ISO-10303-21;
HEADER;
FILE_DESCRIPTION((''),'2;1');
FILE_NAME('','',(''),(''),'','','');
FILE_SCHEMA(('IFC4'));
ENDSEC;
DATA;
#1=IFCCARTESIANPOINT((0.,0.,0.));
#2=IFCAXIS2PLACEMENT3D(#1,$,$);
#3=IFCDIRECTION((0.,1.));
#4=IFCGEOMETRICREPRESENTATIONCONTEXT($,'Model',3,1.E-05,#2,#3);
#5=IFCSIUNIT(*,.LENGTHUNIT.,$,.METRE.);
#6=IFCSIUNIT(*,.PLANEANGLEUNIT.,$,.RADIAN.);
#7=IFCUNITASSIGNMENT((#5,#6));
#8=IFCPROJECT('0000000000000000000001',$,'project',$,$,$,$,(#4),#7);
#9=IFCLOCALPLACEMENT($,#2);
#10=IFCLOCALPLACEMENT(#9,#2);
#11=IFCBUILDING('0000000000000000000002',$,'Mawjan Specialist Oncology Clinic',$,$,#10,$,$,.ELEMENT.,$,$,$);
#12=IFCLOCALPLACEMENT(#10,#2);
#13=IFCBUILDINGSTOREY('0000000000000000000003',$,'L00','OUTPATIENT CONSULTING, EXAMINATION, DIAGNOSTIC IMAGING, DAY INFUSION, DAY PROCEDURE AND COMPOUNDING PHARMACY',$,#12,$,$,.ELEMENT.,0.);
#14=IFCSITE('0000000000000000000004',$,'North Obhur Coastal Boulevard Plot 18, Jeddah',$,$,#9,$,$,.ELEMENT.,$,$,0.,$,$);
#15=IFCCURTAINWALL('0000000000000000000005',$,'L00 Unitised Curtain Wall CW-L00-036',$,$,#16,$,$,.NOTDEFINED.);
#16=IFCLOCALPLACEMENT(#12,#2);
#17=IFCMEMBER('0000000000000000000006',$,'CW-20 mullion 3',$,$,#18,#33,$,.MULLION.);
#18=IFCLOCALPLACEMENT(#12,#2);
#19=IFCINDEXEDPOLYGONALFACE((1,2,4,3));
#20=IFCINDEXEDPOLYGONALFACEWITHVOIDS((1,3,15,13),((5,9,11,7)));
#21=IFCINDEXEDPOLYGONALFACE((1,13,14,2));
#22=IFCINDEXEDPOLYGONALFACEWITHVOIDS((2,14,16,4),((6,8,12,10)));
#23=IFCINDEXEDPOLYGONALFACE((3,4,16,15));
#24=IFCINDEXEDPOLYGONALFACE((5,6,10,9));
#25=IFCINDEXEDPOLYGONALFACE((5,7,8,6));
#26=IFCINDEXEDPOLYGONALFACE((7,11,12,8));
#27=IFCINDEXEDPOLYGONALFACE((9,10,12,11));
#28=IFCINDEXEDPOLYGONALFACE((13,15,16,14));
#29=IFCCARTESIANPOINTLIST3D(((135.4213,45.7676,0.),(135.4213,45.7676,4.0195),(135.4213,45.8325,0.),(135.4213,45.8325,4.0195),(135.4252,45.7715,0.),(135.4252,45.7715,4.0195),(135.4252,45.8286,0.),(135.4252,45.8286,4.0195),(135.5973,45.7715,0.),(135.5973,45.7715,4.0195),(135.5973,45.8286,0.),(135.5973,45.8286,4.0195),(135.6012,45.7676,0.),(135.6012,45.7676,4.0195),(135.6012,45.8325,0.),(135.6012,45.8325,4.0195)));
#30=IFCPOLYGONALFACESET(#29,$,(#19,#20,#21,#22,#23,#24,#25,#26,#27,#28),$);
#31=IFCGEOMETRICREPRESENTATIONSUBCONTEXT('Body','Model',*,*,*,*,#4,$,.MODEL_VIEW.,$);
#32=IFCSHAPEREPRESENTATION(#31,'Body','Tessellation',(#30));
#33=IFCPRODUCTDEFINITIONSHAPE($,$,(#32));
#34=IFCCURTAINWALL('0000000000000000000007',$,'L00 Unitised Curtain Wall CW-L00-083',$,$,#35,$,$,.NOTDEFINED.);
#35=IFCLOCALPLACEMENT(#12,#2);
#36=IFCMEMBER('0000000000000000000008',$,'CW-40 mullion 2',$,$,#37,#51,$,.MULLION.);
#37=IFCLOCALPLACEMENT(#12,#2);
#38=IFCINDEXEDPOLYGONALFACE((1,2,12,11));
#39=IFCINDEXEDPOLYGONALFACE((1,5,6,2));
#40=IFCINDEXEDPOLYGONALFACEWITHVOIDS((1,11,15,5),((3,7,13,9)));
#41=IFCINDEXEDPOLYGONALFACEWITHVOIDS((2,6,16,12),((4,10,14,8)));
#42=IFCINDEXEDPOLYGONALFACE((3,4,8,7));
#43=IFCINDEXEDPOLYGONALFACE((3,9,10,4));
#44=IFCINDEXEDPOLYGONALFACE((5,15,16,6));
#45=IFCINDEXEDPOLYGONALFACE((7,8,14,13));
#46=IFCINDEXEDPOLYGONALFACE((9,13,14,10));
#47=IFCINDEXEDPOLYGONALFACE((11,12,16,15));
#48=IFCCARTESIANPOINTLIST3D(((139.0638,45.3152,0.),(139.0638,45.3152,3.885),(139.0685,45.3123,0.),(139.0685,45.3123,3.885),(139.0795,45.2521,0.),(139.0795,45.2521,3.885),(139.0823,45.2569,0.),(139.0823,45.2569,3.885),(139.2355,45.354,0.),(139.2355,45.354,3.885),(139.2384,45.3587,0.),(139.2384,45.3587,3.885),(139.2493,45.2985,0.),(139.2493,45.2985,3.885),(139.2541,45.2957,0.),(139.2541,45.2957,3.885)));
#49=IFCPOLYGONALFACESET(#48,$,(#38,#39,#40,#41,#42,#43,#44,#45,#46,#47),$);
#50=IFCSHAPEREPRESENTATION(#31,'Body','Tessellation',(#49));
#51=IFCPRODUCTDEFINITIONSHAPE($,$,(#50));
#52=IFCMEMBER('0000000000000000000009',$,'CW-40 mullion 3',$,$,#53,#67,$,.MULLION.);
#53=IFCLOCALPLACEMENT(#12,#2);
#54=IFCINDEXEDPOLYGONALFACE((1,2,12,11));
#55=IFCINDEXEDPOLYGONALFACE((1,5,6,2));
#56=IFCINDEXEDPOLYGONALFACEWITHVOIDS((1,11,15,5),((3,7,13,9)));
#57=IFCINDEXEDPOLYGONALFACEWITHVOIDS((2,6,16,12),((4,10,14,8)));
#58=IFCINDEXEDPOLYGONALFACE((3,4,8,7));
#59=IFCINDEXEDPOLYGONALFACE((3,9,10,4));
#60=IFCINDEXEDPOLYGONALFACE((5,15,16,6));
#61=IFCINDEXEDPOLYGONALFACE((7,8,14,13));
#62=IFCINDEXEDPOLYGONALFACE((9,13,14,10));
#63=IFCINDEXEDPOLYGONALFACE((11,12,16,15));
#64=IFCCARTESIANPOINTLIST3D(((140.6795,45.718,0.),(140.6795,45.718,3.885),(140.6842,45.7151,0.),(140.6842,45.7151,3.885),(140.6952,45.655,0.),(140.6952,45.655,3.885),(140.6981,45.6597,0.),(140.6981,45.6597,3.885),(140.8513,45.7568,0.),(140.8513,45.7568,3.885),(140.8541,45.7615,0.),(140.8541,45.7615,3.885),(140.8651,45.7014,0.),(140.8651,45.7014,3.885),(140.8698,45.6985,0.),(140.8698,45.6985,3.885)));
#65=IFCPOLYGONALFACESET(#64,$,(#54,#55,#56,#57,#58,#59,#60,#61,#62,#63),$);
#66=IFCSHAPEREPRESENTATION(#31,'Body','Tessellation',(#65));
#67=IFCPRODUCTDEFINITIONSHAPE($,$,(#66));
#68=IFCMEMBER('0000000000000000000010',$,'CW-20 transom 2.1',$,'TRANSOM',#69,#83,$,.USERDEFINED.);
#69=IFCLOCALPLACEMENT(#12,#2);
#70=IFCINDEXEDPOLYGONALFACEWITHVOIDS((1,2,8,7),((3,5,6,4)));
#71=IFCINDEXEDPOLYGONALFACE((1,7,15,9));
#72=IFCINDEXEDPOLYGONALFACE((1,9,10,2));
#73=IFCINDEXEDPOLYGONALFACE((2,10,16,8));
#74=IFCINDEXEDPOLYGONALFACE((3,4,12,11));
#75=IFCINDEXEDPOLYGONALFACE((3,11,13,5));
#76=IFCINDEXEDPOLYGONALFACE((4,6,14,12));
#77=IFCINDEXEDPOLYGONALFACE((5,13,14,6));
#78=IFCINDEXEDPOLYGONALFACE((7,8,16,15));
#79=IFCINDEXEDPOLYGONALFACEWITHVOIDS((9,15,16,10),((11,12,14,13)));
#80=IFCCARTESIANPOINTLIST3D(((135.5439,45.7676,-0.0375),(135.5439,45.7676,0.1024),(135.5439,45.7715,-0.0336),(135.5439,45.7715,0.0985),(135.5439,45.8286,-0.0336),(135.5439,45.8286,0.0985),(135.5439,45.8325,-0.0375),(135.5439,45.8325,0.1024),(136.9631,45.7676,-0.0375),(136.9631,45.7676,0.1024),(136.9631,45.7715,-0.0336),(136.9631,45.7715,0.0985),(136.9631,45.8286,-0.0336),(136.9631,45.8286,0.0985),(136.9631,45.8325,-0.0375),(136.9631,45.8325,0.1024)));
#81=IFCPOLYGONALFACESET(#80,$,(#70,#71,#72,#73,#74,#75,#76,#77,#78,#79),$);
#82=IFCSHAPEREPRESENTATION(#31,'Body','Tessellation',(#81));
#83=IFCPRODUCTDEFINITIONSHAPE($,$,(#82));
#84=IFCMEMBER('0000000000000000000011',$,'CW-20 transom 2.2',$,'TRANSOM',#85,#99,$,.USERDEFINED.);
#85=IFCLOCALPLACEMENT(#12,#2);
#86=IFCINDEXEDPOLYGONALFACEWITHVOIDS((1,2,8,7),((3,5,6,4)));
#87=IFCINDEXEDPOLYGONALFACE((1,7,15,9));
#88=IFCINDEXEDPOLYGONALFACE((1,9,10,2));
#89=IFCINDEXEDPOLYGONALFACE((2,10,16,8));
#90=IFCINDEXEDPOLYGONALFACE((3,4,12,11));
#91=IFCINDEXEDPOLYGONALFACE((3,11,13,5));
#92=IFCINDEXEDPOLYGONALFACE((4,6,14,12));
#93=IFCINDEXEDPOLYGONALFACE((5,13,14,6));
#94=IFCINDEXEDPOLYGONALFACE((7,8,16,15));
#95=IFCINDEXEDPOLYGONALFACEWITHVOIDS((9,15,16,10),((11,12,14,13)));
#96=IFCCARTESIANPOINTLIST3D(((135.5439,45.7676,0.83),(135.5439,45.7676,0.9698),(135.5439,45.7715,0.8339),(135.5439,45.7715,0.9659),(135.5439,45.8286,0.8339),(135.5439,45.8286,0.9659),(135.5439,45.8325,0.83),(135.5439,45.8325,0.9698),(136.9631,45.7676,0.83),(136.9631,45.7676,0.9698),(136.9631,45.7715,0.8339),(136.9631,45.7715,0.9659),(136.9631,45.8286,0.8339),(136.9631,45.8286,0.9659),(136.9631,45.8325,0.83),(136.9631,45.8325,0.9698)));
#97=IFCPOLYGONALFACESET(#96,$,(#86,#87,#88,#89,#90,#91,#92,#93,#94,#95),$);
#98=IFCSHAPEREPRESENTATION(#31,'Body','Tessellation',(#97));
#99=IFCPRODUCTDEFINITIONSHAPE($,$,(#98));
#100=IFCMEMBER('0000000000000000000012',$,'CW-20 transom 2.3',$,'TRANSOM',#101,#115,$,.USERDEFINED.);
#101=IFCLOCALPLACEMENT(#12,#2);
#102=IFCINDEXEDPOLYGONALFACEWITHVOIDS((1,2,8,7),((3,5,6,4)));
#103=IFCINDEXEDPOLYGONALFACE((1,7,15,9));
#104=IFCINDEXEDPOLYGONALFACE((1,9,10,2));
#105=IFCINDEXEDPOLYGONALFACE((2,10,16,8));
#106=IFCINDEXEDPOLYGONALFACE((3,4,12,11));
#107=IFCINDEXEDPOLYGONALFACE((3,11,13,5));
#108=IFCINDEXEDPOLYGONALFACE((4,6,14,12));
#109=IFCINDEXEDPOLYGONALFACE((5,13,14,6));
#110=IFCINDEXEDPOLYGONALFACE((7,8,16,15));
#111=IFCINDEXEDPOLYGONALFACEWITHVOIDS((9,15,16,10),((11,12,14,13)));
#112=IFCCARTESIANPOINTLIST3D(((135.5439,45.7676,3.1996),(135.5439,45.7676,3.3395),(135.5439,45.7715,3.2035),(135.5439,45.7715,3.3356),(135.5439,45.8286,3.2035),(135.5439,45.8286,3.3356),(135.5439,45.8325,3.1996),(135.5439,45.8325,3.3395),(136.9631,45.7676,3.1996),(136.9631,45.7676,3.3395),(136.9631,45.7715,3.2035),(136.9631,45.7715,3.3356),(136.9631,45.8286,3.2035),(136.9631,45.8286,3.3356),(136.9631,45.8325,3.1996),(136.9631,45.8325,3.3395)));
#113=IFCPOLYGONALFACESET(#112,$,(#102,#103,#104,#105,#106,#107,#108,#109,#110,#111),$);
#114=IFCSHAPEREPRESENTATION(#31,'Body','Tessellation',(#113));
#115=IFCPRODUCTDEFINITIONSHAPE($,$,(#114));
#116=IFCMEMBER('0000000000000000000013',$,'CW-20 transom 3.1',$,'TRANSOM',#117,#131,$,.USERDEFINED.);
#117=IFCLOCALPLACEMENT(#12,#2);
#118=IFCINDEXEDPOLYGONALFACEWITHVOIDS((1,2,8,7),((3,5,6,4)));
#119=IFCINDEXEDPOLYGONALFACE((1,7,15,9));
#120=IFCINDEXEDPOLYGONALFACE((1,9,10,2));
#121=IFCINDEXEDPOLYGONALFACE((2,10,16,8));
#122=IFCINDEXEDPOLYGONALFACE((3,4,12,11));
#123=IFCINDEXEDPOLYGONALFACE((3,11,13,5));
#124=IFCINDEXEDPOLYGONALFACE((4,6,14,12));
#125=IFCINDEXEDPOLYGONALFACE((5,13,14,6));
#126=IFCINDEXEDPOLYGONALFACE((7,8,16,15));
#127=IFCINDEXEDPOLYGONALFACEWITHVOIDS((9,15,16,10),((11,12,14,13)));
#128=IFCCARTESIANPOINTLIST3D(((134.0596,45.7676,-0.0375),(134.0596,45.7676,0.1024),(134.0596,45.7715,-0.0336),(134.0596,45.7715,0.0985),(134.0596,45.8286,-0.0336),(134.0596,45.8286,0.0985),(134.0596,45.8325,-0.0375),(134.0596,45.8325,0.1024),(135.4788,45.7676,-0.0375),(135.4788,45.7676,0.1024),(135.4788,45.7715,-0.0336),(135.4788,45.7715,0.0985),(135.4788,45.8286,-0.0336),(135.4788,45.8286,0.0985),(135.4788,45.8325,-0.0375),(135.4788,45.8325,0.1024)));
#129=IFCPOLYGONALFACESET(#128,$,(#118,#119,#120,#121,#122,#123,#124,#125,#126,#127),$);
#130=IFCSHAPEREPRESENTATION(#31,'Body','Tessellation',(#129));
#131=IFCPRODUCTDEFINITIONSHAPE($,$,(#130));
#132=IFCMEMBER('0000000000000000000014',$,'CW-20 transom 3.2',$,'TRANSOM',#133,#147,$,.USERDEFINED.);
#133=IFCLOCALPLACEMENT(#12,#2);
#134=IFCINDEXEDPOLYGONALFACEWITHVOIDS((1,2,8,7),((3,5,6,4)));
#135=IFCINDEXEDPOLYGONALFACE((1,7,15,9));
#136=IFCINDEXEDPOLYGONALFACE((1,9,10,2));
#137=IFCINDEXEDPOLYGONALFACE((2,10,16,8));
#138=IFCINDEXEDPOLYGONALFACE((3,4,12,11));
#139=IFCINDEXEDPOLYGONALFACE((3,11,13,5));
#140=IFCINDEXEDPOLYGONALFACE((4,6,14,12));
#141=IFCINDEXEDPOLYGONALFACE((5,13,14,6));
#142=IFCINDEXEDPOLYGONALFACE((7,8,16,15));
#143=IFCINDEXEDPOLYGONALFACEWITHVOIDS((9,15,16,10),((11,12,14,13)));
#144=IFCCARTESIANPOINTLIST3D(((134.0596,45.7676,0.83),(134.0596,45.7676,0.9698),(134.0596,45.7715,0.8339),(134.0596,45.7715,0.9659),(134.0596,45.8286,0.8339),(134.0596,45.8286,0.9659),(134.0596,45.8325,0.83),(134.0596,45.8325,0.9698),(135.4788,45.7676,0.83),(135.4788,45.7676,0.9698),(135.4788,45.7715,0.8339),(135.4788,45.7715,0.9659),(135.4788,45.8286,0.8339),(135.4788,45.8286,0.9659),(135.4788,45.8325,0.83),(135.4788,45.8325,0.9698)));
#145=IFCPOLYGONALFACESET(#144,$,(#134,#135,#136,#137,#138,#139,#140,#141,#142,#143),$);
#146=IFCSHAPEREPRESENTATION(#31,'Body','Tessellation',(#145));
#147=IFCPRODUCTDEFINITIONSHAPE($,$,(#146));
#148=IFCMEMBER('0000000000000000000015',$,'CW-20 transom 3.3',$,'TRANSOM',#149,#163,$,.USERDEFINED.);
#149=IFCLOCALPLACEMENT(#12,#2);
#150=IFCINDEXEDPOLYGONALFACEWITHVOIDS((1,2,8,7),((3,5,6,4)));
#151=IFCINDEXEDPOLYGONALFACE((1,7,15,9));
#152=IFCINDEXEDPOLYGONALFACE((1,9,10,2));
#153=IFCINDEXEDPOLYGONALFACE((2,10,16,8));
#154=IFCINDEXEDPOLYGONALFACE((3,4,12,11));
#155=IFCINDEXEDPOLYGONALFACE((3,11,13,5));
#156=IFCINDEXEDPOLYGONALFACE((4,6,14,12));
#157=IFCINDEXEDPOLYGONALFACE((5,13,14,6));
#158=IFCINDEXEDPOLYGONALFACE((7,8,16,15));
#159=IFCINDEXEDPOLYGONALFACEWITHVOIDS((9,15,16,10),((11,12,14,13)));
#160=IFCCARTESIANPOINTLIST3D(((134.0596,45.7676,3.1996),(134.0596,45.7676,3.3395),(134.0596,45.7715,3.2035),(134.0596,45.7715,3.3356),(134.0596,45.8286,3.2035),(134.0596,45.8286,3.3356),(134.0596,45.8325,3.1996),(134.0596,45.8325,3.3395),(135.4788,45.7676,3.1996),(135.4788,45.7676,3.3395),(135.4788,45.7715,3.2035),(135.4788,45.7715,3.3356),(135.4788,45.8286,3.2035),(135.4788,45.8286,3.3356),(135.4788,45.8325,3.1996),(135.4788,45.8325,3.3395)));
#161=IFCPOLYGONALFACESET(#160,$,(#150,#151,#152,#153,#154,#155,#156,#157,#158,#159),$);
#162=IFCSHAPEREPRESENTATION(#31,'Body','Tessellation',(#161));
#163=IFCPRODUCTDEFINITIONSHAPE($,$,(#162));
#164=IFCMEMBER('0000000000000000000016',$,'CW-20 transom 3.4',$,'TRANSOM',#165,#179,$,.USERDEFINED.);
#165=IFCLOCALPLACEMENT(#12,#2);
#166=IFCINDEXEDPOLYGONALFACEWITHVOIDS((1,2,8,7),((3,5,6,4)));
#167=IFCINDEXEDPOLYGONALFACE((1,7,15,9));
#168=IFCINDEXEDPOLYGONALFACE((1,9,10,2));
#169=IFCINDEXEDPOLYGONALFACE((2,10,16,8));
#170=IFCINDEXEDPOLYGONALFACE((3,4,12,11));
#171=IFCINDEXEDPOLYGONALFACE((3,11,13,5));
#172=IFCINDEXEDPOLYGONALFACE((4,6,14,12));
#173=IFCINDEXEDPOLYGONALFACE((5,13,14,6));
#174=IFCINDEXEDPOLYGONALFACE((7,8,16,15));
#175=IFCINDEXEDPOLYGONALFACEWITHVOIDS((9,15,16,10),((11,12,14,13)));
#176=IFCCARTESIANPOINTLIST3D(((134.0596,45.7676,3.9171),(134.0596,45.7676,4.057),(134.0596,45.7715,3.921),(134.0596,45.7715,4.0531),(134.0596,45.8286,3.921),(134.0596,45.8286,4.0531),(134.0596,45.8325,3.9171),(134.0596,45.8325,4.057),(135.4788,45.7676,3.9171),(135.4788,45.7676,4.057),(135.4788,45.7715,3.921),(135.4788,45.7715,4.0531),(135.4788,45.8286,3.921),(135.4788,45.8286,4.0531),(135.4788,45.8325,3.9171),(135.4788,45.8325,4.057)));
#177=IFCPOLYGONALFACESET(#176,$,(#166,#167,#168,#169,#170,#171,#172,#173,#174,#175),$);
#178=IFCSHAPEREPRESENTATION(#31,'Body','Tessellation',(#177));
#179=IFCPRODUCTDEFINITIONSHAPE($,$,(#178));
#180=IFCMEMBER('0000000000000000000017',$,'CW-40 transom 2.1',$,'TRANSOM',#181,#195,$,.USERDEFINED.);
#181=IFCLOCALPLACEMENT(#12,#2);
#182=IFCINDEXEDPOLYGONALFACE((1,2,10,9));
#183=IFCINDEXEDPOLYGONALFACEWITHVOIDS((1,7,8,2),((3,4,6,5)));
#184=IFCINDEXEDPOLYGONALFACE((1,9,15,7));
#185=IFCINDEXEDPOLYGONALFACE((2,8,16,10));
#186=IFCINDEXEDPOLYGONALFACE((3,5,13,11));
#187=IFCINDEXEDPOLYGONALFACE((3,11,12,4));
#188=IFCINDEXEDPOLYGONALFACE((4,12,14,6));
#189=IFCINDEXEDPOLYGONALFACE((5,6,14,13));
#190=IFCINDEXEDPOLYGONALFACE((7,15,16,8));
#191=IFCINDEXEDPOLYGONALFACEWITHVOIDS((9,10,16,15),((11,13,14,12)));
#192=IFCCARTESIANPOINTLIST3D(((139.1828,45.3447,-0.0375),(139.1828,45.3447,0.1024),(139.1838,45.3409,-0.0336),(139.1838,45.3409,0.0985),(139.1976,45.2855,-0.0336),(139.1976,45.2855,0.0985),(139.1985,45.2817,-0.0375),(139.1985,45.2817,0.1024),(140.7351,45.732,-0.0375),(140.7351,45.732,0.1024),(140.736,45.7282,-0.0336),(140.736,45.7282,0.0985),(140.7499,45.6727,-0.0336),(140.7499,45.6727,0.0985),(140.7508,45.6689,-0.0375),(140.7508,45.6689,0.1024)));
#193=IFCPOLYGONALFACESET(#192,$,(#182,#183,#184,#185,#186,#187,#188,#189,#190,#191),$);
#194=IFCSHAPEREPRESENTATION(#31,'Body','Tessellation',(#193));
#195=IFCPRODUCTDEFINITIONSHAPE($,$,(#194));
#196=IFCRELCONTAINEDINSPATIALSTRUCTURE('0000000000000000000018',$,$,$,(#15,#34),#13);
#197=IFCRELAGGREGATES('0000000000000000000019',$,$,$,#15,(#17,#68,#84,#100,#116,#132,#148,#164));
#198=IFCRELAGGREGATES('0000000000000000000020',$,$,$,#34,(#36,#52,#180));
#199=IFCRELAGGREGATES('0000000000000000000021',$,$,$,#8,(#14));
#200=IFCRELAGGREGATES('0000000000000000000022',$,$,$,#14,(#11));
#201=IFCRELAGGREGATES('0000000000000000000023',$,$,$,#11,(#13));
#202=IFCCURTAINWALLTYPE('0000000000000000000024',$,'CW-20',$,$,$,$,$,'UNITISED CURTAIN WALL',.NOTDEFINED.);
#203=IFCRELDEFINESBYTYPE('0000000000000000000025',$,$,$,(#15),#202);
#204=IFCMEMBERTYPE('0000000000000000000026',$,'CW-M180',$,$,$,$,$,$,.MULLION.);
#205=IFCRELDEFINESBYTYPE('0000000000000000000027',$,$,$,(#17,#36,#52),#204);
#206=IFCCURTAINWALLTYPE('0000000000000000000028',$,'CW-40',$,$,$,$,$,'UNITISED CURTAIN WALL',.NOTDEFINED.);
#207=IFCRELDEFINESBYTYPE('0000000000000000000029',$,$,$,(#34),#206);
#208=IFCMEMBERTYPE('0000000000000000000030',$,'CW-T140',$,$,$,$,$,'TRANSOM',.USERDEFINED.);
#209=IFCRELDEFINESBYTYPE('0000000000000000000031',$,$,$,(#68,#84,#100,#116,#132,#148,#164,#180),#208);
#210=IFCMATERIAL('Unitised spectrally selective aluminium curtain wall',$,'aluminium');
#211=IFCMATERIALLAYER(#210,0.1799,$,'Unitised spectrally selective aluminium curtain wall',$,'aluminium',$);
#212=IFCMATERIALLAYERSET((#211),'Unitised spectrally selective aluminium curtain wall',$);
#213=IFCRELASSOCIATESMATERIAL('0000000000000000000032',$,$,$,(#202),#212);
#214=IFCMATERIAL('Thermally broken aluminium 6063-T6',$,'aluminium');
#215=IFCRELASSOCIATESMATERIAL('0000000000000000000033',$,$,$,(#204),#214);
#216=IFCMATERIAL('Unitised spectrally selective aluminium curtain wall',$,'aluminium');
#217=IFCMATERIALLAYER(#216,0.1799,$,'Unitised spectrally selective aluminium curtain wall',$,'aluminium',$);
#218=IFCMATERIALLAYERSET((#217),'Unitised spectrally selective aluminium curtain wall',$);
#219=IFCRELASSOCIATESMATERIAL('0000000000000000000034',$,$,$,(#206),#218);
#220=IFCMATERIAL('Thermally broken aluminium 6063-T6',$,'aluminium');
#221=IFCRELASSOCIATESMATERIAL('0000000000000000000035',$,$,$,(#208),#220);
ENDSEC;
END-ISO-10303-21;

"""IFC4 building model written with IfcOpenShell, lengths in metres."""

from ifc_helpers import new_model, si_unit, direction, frame, origin, origin_2d, place, context, subcontext, project, spatial, hollow_rectangle, extrude, material, layer, layer_set, material_profile, profile_set, type_object, element, aggregate, save


model = new_model("IFC4")

# Units and contexts
model_context = context("Model", 3, precision=1e-05, world=origin(), true_north=direction((0.0, 1.0)))
body_context = subcontext(model_context, "Body", "Model", "MODEL_VIEW")
ifc_project = project(units=[si_unit("LENGTHUNIT", "METRE"), si_unit("PLANEANGLEUNIT", "RADIAN")], contexts=[model_context])

# Site, building, storey
site_placement = place(None, origin())
site = spatial("IfcSite", under=ifc_project, at=site_placement, Name="North Obhur Coastal Boulevard Plot 18, Jeddah", CompositionType="ELEMENT", RefElevation=0.0)
building_placement = place(site_placement, origin())
building = spatial("IfcBuilding", under=site, at=building_placement, Name="Mawjan Specialist Oncology Clinic", CompositionType="ELEMENT")
storey_placement = place(building_placement, origin())
storey = spatial("IfcBuildingStorey", under=building, at=storey_placement, Name="L00", Description="OUTPATIENT CONSULTING, EXAMINATION, DIAGNOSTIC IMAGING, DAY INFUSION, DAY PROCEDURE AND COMPOUNDING PHARMACY", CompositionType="ELEMENT", Elevation=0.0)

# Curtain wall, member
ifc_material_1 = material(Name="Unitised spectrally selective aluminium curtain wall", Category="aluminium")
ifc_layer_1 = layer(ifc_material_1, 0.1799, Name="Unitised spectrally selective aluminium curtain wall", Category="aluminium")
ifc_layer_set_1 = layer_set([ifc_layer_1], Name="Unitised spectrally selective aluminium curtain wall")
curtain_wall_type_1 = type_object("IfcCurtainWallType", Name="CW-20", ElementType="UNITISED CURTAIN WALL", PredefinedType="NOTDEFINED", material=ifc_layer_set_1)
curtain_wall_1_placement = place(storey_placement, origin())
curtain_wall_1 = element("IfcCurtainWall", 1, at=curtain_wall_1_placement, inside=storey, type_object=curtain_wall_type_1, Name="L00 Unitised Curtain Wall CW-L00-036", PredefinedType="NOTDEFINED")
ifc_material_2 = material(Name="Thermally broken aluminium 6063-T6", Category="aluminium")
ifc_material_profile_1 = material_profile(ifc_material_2, hollow_rectangle(XDim=0.0649, YDim=0.1799, WallThickness=0.0039, at=origin_2d()), Name="ALU MULLION 180x65x4", Category="aluminium")
ifc_profile_set_1 = profile_set([ifc_material_profile_1], Name="Thermally broken aluminium 6063-T6")
member_type_1 = type_object("IfcMemberType", Name="CW-M180", PredefinedType="MULLION", material=ifc_profile_set_1)
member_1_placement = place(storey_placement, frame((135.5112, 45.8, 0.0), z_axis=(0.0, 0.0, 1.0), x_axis=(0.0, -1.0, 0.0)))
member_1 = element("IfcMember", 2, at=member_1_placement, type_object=member_type_1, Name="CW-20 mullion 3", PredefinedType="MULLION", context=body_context, shape_type="SweptSolid", body=[
    extrude(hollow_rectangle(XDim=0.0649, YDim=0.1799, WallThickness=0.0039, at=origin_2d()), origin(), (0.0, 0.0, 1.0), 4.0195),
])

# Curtain wall, members
ifc_material_3 = material(Name="Unitised spectrally selective aluminium curtain wall", Category="aluminium")
ifc_layer_2 = layer(ifc_material_3, 0.1799, Name="Unitised spectrally selective aluminium curtain wall", Category="aluminium")
ifc_layer_set_2 = layer_set([ifc_layer_2], Name="Unitised spectrally selective aluminium curtain wall")
curtain_wall_type_2 = type_object("IfcCurtainWallType", Name="CW-40", ElementType="UNITISED CURTAIN WALL", PredefinedType="NOTDEFINED", material=ifc_layer_set_2)
curtain_wall_2_placement = place(storey_placement, origin())
curtain_wall_2 = element("IfcCurtainWall", 3, at=curtain_wall_2_placement, inside=storey, type_object=curtain_wall_type_2, Name="L00 Unitised Curtain Wall CW-L00-083", PredefinedType="NOTDEFINED")
member_2_placement = place(storey_placement, frame((139.1589, 45.3054, 0.0), z_axis=(0.0, 0.0, 1.0), x_axis=(-0.241922, 0.970296, 0.0)))
member_2 = element("IfcMember", 4, at=member_2_placement, type_object=member_type_1, Name="CW-40 mullion 2", PredefinedType="MULLION", context=body_context, shape_type="SweptSolid", body=[
    extrude(hollow_rectangle(XDim=0.0649, YDim=0.1799, WallThickness=0.0039, at=origin_2d()), origin(), (0.0, 0.0, 1.0), 3.885),
])
member_3_placement = place(storey_placement, frame((140.7747, 45.7083, 0.0), z_axis=(0.0, 0.0, 1.0), x_axis=(-0.241922, 0.970296, 0.0)))
member_3 = element("IfcMember", 5, at=member_3_placement, type_object=member_type_1, Name="CW-40 mullion 3", PredefinedType="MULLION", context=body_context, shape_type="SweptSolid", body=[
    extrude(hollow_rectangle(XDim=0.0649, YDim=0.1799, WallThickness=0.0039, at=origin_2d()), origin(), (0.0, 0.0, 1.0), 3.885),
])

# Members
ifc_material_4 = material(Name="Thermally broken aluminium 6063-T6", Category="aluminium")
ifc_material_profile_2 = material_profile(ifc_material_4, hollow_rectangle(XDim=0.0649, YDim=0.1399, WallThickness=0.0039, at=origin_2d()), Name="ALU TRANSOM 140x65x4", Category="aluminium")
ifc_profile_set_2 = profile_set([ifc_material_profile_2], Name="Thermally broken aluminium 6063-T6")
member_type_2 = type_object("IfcMemberType", Name="CW-T140", ElementType="TRANSOM", PredefinedType="USERDEFINED", material=ifc_profile_set_2)
member_4_placement = place(storey_placement, frame((136.9631, 45.8, 0.0325), z_axis=(-1.0, 0.0, 0.0), x_axis=(0.0, -1.0, 0.0)))
member_4 = element("IfcMember", 6, at=member_4_placement, type_object=member_type_2, Name="CW-20 transom 2.1", ObjectType="TRANSOM", PredefinedType="USERDEFINED", context=body_context, shape_type="SweptSolid", body=[
    extrude(hollow_rectangle(XDim=0.0649, YDim=0.1399, WallThickness=0.0039, at=origin_2d()), origin(), (0.0, 0.0, 1.0), 1.4192),
])
member_5_placement = place(storey_placement, frame((136.9631, 45.8, 0.8999), z_axis=(-1.0, 0.0, 0.0), x_axis=(0.0, -1.0, 0.0)))
member_5 = element("IfcMember", 7, at=member_5_placement, type_object=member_type_2, Name="CW-20 transom 2.2", ObjectType="TRANSOM", PredefinedType="USERDEFINED", context=body_context, shape_type="SweptSolid", body=[
    extrude(hollow_rectangle(XDim=0.0649, YDim=0.1399, WallThickness=0.0039, at=origin_2d()), origin(), (0.0, 0.0, 1.0), 1.4192),
])
member_6_placement = place(storey_placement, frame((136.9631, 45.8, 3.2695), z_axis=(-1.0, 0.0, 0.0), x_axis=(0.0, -1.0, 0.0)))
member_6 = element("IfcMember", 8, at=member_6_placement, type_object=member_type_2, Name="CW-20 transom 2.3", ObjectType="TRANSOM", PredefinedType="USERDEFINED", context=body_context, shape_type="SweptSolid", body=[
    extrude(hollow_rectangle(XDim=0.0649, YDim=0.1399, WallThickness=0.0039, at=origin_2d()), origin(), (0.0, 0.0, 1.0), 1.4192),
])
member_7_placement = place(storey_placement, frame((135.4788, 45.8, 0.0325), z_axis=(-1.0, 0.0, 0.0), x_axis=(0.0, -1.0, 0.0)))
member_7 = element("IfcMember", 9, at=member_7_placement, type_object=member_type_2, Name="CW-20 transom 3.1", ObjectType="TRANSOM", PredefinedType="USERDEFINED", context=body_context, shape_type="SweptSolid", body=[
    extrude(hollow_rectangle(XDim=0.0649, YDim=0.1399, WallThickness=0.0039, at=origin_2d()), origin(), (0.0, 0.0, 1.0), 1.4192),
])
member_8_placement = place(storey_placement, frame((135.4788, 45.8, 0.8999), z_axis=(-1.0, 0.0, 0.0), x_axis=(0.0, -1.0, 0.0)))
member_8 = element("IfcMember", 10, at=member_8_placement, type_object=member_type_2, Name="CW-20 transom 3.2", ObjectType="TRANSOM", PredefinedType="USERDEFINED", context=body_context, shape_type="SweptSolid", body=[
    extrude(hollow_rectangle(XDim=0.0649, YDim=0.1399, WallThickness=0.0039, at=origin_2d()), origin(), (0.0, 0.0, 1.0), 1.4192),
])
member_9_placement = place(storey_placement, frame((135.4788, 45.8, 3.2695), z_axis=(-1.0, 0.0, 0.0), x_axis=(0.0, -1.0, 0.0)))
member_9 = element("IfcMember", 11, at=member_9_placement, type_object=member_type_2, Name="CW-20 transom 3.3", ObjectType="TRANSOM", PredefinedType="USERDEFINED", context=body_context, shape_type="SweptSolid", body=[
    extrude(hollow_rectangle(XDim=0.0649, YDim=0.1399, WallThickness=0.0039, at=origin_2d()), origin(), (0.0, 0.0, 1.0), 1.4192),
])
member_10_placement = place(storey_placement, frame((135.4788, 45.8, 3.9871), z_axis=(-1.0, 0.0, 0.0), x_axis=(0.0, -1.0, 0.0)))
member_10 = element("IfcMember", 12, at=member_10_placement, type_object=member_type_2, Name="CW-20 transom 3.4", ObjectType="TRANSOM", PredefinedType="USERDEFINED", context=body_context, shape_type="SweptSolid", body=[
    extrude(hollow_rectangle(XDim=0.0649, YDim=0.1399, WallThickness=0.0039, at=origin_2d()), origin(), (0.0, 0.0, 1.0), 1.4192),
])
member_11_placement = place(storey_placement, frame((139.1907, 45.3132, 0.0325), z_axis=(0.970268, 0.242033, 0.0), x_axis=(-0.242033, 0.970268, 0.0)))
member_11 = element("IfcMember", 13, at=member_11_placement, type_object=member_type_2, Name="CW-40 transom 2.1", ObjectType="TRANSOM", PredefinedType="USERDEFINED", context=body_context, shape_type="SweptSolid", body=[
    extrude(hollow_rectangle(XDim=0.0649, YDim=0.1399, WallThickness=0.0039, at=origin_2d()), origin(), (0.0, 0.0, 1.0), 1.5999),
])

aggregate(curtain_wall_1, [member_1, member_4, member_5, member_6, member_7, member_8, member_9, member_10])
aggregate(curtain_wall_2, [member_2, member_3, member_11])

save(model, "model.ifc")
